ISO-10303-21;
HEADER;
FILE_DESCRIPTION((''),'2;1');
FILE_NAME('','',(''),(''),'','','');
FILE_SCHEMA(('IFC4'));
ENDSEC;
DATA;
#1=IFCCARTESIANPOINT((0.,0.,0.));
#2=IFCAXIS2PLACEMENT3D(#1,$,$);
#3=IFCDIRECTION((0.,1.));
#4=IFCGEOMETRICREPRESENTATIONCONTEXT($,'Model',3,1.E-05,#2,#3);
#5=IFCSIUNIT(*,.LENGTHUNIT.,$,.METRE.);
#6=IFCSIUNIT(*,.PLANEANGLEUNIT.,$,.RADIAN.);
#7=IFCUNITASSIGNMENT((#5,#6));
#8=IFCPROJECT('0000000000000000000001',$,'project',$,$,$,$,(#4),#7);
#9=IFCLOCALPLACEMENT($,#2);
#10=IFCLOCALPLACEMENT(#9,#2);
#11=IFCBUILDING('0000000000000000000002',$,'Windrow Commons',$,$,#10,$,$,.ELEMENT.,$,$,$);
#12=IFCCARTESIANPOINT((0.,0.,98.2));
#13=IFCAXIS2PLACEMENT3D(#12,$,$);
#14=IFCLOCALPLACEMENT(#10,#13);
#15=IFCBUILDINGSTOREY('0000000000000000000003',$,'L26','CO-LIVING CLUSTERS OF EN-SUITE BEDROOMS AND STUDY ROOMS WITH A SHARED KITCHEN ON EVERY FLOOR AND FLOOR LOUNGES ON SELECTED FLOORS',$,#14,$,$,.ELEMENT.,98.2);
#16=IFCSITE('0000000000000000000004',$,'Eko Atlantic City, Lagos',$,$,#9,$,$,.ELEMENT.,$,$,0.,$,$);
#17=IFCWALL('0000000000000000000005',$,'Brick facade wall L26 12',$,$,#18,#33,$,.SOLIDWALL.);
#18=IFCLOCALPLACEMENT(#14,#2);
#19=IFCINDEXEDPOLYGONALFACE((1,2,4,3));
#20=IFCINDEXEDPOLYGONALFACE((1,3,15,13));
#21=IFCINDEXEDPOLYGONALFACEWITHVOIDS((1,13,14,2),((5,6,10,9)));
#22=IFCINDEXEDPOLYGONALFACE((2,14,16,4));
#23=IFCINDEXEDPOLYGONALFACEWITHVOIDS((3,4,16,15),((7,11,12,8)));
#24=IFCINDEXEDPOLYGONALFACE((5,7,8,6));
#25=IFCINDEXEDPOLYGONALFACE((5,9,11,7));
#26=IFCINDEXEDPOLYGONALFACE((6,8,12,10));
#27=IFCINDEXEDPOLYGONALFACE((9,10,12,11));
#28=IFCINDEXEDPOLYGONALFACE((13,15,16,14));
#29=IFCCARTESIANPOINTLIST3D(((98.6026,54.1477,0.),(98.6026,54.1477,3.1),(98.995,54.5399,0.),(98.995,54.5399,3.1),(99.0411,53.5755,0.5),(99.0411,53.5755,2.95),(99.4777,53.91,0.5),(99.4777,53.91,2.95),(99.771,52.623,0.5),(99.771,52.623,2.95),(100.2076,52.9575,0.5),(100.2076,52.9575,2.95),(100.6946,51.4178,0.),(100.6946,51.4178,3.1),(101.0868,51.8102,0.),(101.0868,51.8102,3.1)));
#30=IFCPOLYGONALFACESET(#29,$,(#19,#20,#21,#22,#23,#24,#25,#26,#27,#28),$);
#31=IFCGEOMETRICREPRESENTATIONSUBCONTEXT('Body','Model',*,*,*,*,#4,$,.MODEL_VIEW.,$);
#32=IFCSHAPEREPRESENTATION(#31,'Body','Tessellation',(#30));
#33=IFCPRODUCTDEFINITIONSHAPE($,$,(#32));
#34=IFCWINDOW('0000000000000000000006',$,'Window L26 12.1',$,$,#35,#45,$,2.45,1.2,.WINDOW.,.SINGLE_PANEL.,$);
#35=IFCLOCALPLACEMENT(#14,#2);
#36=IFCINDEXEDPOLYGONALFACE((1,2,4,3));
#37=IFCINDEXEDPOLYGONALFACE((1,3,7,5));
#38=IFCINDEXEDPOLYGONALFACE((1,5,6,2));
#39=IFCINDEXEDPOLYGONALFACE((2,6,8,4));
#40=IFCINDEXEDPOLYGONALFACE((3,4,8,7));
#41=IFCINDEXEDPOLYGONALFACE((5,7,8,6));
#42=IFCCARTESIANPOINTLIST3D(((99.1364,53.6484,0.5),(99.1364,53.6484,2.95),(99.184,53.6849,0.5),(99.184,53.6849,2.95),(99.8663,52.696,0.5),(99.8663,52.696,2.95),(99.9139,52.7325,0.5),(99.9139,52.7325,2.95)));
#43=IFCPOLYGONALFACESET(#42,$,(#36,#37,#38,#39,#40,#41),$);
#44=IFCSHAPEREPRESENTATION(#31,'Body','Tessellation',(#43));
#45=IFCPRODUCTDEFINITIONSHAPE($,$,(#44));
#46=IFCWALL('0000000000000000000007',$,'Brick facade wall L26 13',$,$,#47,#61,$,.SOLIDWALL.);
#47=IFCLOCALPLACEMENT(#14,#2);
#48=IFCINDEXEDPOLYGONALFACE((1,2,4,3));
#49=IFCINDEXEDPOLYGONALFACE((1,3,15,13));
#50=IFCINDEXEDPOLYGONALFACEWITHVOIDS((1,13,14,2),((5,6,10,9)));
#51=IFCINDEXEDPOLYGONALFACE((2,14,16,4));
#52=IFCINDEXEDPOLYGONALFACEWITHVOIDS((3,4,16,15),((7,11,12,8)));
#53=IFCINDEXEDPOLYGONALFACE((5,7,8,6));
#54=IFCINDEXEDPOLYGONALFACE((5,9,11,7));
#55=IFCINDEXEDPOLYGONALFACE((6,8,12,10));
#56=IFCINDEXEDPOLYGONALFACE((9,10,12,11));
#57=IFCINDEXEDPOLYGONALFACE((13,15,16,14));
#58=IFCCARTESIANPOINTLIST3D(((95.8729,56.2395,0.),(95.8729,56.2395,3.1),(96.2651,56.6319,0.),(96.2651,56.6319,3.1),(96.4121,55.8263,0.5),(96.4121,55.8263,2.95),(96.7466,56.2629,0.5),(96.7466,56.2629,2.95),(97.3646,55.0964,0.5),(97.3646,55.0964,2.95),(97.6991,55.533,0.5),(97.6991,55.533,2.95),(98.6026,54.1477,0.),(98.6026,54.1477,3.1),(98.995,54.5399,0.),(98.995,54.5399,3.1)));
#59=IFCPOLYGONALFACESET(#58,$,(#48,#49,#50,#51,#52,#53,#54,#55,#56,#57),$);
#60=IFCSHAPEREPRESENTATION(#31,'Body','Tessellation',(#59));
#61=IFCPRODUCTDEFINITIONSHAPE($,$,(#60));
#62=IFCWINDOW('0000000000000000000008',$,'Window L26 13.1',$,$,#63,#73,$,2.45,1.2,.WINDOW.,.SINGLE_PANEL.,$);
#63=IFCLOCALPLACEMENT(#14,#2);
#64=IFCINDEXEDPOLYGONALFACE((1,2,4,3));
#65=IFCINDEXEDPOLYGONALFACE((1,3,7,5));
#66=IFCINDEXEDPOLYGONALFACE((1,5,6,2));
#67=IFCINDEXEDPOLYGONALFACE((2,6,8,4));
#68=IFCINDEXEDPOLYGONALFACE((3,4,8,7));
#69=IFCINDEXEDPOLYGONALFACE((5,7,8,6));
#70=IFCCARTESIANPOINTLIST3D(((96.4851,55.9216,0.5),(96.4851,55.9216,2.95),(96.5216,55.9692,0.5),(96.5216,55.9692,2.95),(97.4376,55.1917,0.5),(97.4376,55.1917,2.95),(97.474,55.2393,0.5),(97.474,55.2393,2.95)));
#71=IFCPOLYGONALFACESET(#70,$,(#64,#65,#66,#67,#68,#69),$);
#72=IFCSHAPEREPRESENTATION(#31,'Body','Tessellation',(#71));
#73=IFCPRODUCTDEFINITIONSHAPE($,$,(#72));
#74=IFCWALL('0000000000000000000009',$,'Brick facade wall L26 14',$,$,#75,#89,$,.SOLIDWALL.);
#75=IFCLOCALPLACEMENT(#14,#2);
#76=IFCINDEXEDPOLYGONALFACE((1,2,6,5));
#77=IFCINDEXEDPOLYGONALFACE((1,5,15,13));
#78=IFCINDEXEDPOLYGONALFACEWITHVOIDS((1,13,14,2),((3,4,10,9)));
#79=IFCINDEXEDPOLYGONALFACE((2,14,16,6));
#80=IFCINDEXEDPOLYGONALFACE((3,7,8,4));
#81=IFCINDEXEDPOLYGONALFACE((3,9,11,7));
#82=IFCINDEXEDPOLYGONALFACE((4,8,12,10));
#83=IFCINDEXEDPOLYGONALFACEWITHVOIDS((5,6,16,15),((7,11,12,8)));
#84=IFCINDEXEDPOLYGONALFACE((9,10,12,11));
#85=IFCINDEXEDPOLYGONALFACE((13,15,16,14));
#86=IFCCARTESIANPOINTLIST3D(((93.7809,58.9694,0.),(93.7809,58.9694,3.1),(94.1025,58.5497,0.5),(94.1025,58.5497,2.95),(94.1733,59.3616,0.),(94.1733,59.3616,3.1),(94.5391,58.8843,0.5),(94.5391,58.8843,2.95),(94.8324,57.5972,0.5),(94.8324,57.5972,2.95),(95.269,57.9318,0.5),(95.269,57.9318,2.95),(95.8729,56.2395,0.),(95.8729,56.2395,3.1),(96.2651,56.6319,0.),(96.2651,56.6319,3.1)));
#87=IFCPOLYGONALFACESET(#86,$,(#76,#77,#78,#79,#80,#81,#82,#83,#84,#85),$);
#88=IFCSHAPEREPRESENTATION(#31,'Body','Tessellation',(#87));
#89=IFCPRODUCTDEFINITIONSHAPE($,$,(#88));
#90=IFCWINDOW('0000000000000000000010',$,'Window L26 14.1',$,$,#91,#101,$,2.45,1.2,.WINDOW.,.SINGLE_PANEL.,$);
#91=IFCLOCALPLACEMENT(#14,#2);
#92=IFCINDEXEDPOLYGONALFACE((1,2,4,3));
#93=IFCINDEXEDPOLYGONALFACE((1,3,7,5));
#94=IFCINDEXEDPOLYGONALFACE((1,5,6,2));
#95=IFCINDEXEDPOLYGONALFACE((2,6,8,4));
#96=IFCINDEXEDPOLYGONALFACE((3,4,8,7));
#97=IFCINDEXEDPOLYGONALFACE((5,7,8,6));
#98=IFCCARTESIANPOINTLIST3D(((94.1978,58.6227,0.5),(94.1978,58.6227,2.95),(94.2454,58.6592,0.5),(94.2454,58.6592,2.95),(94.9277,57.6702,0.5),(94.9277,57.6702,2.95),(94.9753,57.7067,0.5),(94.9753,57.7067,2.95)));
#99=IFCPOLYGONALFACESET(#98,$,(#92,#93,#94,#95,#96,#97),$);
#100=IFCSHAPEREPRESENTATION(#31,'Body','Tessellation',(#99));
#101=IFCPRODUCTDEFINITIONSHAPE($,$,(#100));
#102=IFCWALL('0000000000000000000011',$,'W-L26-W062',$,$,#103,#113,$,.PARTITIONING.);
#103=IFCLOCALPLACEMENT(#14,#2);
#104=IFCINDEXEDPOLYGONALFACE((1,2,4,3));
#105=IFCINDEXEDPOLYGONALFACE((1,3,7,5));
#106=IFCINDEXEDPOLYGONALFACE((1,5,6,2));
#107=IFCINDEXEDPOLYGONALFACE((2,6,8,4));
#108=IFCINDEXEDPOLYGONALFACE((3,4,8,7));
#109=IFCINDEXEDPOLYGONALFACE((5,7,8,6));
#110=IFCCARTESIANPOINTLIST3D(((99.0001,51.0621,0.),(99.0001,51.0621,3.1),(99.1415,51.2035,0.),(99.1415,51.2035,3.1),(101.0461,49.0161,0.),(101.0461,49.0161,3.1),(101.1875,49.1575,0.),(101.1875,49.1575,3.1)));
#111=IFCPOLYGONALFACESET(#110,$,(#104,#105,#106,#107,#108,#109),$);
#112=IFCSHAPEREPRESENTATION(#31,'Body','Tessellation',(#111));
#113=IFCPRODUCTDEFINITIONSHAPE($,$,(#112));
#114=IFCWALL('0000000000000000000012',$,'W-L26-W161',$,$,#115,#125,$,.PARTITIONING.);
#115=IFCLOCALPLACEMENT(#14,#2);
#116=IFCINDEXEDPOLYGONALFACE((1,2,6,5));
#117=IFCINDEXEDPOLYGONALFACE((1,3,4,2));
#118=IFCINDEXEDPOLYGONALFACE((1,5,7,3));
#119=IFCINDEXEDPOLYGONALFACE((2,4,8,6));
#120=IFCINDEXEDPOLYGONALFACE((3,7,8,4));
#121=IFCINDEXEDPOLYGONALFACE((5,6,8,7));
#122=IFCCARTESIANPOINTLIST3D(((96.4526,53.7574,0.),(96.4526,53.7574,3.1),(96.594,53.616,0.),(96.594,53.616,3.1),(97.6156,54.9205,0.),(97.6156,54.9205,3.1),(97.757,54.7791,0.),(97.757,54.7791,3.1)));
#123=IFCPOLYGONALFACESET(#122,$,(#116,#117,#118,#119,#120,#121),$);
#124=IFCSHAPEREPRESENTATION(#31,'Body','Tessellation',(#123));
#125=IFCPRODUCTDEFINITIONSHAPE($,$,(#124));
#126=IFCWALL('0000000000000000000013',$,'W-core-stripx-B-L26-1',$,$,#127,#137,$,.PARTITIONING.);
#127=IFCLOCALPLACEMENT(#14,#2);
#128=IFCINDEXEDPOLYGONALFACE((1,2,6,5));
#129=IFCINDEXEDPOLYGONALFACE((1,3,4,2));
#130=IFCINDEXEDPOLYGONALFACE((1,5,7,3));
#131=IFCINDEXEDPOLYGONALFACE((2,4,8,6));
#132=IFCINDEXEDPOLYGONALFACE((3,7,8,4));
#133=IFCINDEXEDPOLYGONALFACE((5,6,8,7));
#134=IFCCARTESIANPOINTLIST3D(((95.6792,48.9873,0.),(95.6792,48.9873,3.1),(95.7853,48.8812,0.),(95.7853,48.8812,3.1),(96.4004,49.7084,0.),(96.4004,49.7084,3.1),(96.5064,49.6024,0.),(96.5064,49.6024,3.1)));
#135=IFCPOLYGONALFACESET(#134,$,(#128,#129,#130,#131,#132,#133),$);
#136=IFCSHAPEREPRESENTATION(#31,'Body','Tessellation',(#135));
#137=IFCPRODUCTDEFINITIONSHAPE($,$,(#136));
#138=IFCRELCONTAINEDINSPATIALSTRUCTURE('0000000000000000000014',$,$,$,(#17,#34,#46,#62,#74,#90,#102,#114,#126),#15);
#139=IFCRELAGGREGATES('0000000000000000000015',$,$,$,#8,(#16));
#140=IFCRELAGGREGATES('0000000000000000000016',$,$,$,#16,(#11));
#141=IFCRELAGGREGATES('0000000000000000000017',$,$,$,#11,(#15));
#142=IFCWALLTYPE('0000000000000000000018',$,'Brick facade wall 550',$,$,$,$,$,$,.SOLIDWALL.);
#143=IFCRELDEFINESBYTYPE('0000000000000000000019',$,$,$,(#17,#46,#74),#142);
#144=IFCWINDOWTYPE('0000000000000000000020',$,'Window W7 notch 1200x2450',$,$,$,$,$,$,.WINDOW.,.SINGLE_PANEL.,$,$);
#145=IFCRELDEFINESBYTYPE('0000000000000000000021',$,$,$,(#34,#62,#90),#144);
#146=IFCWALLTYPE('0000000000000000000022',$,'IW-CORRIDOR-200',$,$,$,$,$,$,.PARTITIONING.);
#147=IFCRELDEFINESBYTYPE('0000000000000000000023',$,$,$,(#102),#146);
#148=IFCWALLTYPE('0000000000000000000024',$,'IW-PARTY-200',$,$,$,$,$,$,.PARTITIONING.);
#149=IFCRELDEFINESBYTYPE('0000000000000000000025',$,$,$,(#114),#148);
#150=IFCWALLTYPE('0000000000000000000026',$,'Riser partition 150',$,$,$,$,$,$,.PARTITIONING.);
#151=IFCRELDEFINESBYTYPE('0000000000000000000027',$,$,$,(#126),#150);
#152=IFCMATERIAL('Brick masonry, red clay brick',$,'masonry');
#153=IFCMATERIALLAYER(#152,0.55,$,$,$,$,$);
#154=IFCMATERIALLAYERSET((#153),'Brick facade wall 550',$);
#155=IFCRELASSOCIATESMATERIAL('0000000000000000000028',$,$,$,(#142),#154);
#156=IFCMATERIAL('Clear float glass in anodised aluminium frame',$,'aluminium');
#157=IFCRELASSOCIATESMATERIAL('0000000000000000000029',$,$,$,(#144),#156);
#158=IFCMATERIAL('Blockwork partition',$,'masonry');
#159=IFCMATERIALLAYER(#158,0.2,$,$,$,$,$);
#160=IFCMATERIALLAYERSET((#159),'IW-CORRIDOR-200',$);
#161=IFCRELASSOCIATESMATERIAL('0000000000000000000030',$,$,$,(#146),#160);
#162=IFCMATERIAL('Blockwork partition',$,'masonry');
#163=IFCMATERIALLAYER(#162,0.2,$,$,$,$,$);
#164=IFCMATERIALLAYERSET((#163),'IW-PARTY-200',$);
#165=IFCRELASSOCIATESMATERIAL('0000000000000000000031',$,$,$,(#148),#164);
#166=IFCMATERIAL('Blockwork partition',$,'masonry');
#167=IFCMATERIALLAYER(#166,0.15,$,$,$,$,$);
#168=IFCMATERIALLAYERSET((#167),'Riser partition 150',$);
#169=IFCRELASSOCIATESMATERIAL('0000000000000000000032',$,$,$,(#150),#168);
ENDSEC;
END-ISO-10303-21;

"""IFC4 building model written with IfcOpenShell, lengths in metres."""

from ifc_helpers import new_model, si_unit, direction, frame, frame_2d, origin, place, context, subcontext, project, spatial, polyline, rectangle, outline, extrude, material, layer, layer_set, type_object, element, fill, save


model = new_model("IFC4")

# Units and contexts
model_context = context("Model", 3, precision=1e-05, world=origin(), true_north=direction((0.0, 1.0)))
body_context = subcontext(model_context, "Body", "Model", "MODEL_VIEW")
ifc_project = project(units=[si_unit("LENGTHUNIT", "METRE"), si_unit("PLANEANGLEUNIT", "RADIAN")], contexts=[model_context])

# Site, building, storey
site_placement = place(None, origin())
site = spatial("IfcSite", under=ifc_project, at=site_placement, Name="Eko Atlantic City, Lagos", CompositionType="ELEMENT", RefElevation=0.0)
building_placement = place(site_placement, origin())
building = spatial("IfcBuilding", under=site, at=building_placement, Name="Windrow Commons", CompositionType="ELEMENT")
storey_placement = place(building_placement, frame((0.0, 0.0, 98.2)))
storey = spatial("IfcBuildingStorey", under=building, at=storey_placement, Name="L26", Description="CO-LIVING CLUSTERS OF EN-SUITE BEDROOMS AND STUDY ROOMS WITH A SHARED KITCHEN ON EVERY FLOOR AND FLOOR LOUNGES ON SELECTED FLOORS", CompositionType="ELEMENT", Elevation=98.2)

# Walls, openings, windows
ifc_material_1 = material(Name="Brick masonry, red clay brick", Category="masonry")
ifc_layer_1 = layer(ifc_material_1, 0.55)
ifc_layer_set_1 = layer_set([ifc_layer_1], Name="Brick facade wall 550")
wall_type_1 = type_object("IfcWallType", Name="Brick facade wall 550", PredefinedType="SOLIDWALL", material=ifc_layer_set_1)
ifc_material_2 = material(Name="Clear float glass in anodised aluminium frame", Category="aluminium")
window_type = type_object("IfcWindowType", Name="Window W7 notch 1200x2450", PartitioningType="SINGLE_PANEL", PredefinedType="WINDOW", material=ifc_material_2)
wall_1_placement = place(storey_placement, frame((100.8907, 51.614, 0.0), z_axis=(0.0, 0.0, 1.0), x_axis=(-0.608258, 0.793739, 0.0)))
wall_1 = element("IfcWall", 1, at=wall_1_placement, inside=storey, type_object=wall_type_1, Name="Brick facade wall L26 12", PredefinedType="SOLIDWALL", context=body_context, shape_type="SweptSolid", body=[
    extrude(outline(polyline([(0.0364, -0.275), (3.4755, -0.275), (3.4028, 0.275), (-0.0364, 0.275), (0.0364, -0.275)])), origin(), (0.0, 0.0, 1.0), 3.1),
])
opening_1_placement = place(wall_1_placement, frame((1.4819, 0.0, 0.5)))
opening_1 = element("IfcOpeningElement", 2, at=opening_1_placement, cuts=wall_1, PredefinedType="OPENING", context=body_context, shape_type="SweptSolid", body=[
    extrude(rectangle(XDim=1.2, YDim=2.45, at=frame_2d((0.6, 1.225))), frame((0.0, 0.285, 0.0), z_axis=(0.0, -1.0, 0.0), x_axis=(1.0, 0.0, 0.0)), (0.0, 0.0, 1.0), 0.57),
])
window_1_placement = place(opening_1_placement, origin())
window_1 = element("IfcWindow", 3, at=window_1_placement, inside=storey, type_object=window_type, Name="Window L26 12.1", OverallHeight=2.45, OverallWidth=1.2, PartitioningType="SINGLE_PANEL", PredefinedType="WINDOW", context=body_context, shape_type="SweptSolid", body=[
    extrude(rectangle(XDim=1.2, YDim=2.45, at=frame_2d((0.6, 1.225))), frame((0.0, 0.155, 0.0), z_axis=(0.0, -1.0, 0.0), x_axis=(1.0, 0.0, 0.0)), (0.0, 0.0, 1.0), 0.06),
])
fill(opening_1, window_1)
wall_2_placement = place(storey_placement, frame((98.7988, 54.3438, 0.0), z_axis=(0.0, 0.0, 1.0), x_axis=(-0.793739, 0.608258, 0.0)))
wall_2 = element("IfcWall", 4, at=wall_2_placement, inside=storey, type_object=wall_type_1, Name="Brick facade wall L26 13", PredefinedType="SOLIDWALL", context=body_context, shape_type="SweptSolid", body=[
    extrude(outline(polyline([(-0.0364, -0.275), (3.4028, -0.275), (3.4755, 0.275), (0.0364, 0.275), (-0.0364, -0.275)])), origin(), (0.0, 0.0, 1.0), 3.1),
])
opening_2_placement = place(wall_2_placement, frame((1.5962, 0.0, 0.5)))
opening_2 = element("IfcOpeningElement", 5, at=opening_2_placement, cuts=wall_2, PredefinedType="OPENING", context=body_context, shape_type="SweptSolid", body=[
    extrude(rectangle(XDim=1.2, YDim=2.45, at=frame_2d((0.6, 1.225))), frame((0.0, 0.285, 0.0), z_axis=(0.0, -1.0, 0.0), x_axis=(1.0, 0.0, 0.0)), (0.0, 0.0, 1.0), 0.57),
])
window_2_placement = place(opening_2_placement, origin())
window_2 = element("IfcWindow", 6, at=window_2_placement, inside=storey, type_object=window_type, Name="Window L26 13.1", OverallHeight=2.45, OverallWidth=1.2, PartitioningType="SINGLE_PANEL", PredefinedType="WINDOW", context=body_context, shape_type="SweptSolid", body=[
    extrude(rectangle(XDim=1.2, YDim=2.45, at=frame_2d((0.6, 1.225))), frame((0.0, 0.155, 0.0), z_axis=(0.0, -1.0, 0.0), x_axis=(1.0, 0.0, 0.0)), (0.0, 0.0, 1.0), 0.06),
])
fill(opening_2, window_2)
wall_3_placement = place(storey_placement, frame((96.069, 56.4357, 0.0), z_axis=(0.0, 0.0, 1.0), x_axis=(-0.608258, 0.793739, 0.0)))
wall_3 = element("IfcWall", 7, at=wall_3_placement, inside=storey, type_object=wall_type_1, Name="Brick facade wall L26 14", PredefinedType="SOLIDWALL", context=body_context, shape_type="SweptSolid", body=[
    extrude(outline(polyline([(0.0364, -0.275), (3.4755, -0.275), (3.4028, 0.275), (-0.0364, 0.275), (0.0364, -0.275)])), origin(), (0.0, 0.0, 1.0), 3.1),
])
opening_3_placement = place(wall_3_placement, frame((1.6741, 0.0, 0.5)))
opening_3 = element("IfcOpeningElement", 8, at=opening_3_placement, cuts=wall_3, PredefinedType="OPENING", context=body_context, shape_type="SweptSolid", body=[
    extrude(rectangle(XDim=1.2, YDim=2.45, at=frame_2d((0.6, 1.225))), frame((0.0, 0.285, 0.0), z_axis=(0.0, -1.0, 0.0), x_axis=(1.0, 0.0, 0.0)), (0.0, 0.0, 1.0), 0.57),
])
window_3_placement = place(opening_3_placement, origin())
window_3 = element("IfcWindow", 9, at=window_3_placement, inside=storey, type_object=window_type, Name="Window L26 14.1", OverallHeight=2.45, OverallWidth=1.2, PartitioningType="SINGLE_PANEL", PredefinedType="WINDOW", context=body_context, shape_type="SweptSolid", body=[
    extrude(rectangle(XDim=1.2, YDim=2.45, at=frame_2d((0.6, 1.225))), frame((0.0, 0.155, 0.0), z_axis=(0.0, -1.0, 0.0), x_axis=(1.0, 0.0, 0.0)), (0.0, 0.0, 1.0), 0.06),
])
fill(opening_3, window_3)

# Walls
ifc_material_3 = material(Name="Blockwork partition", Category="masonry")
ifc_layer_2 = layer(ifc_material_3, 0.2)
ifc_layer_set_2 = layer_set([ifc_layer_2], Name="IW-CORRIDOR-200")
wall_type_2 = type_object("IfcWallType", Name="IW-CORRIDOR-200", PredefinedType="PARTITIONING", material=ifc_layer_set_2)
wall_4_placement = place(storey_placement, frame((99.0708, 51.1328, 0.0), z_axis=(0.0, 0.0, 1.0), x_axis=(0.707107, -0.707107, 0.0)))
element("IfcWall", 10, at=wall_4_placement, inside=storey, type_object=wall_type_2, Name="W-L26-W062", PredefinedType="PARTITIONING", context=body_context, shape_type="SweptSolid", body=[
    extrude(rectangle(XDim=2.8935, YDim=0.2, at=frame_2d((1.4467, 0.0))), origin(), (0.0, 0.0, 1.0), 3.1),
])
ifc_material_4 = material(Name="Blockwork partition", Category="masonry")
ifc_layer_3 = layer(ifc_material_4, 0.2)
ifc_layer_set_3 = layer_set([ifc_layer_3], Name="IW-PARTY-200")
wall_type_3 = type_object("IfcWallType", Name="IW-PARTY-200", PredefinedType="PARTITIONING", material=ifc_layer_set_3)
wall_5_placement = place(storey_placement, frame((96.5233, 53.6867, 0.0), z_axis=(0.0, 0.0, 1.0), x_axis=(0.707076, 0.707137, 0.0)))
element("IfcWall", 11, at=wall_5_placement, inside=storey, type_object=wall_type_3, Name="W-L26-W161", PredefinedType="PARTITIONING", context=body_context, shape_type="SweptSolid", body=[
    extrude(rectangle(XDim=1.6448, YDim=0.2, at=frame_2d((0.8224, 0.0))), origin(), (0.0, 0.0, 1.0), 3.1),
])
ifc_material_5 = material(Name="Blockwork partition", Category="masonry")
ifc_layer_4 = layer(ifc_material_5, 0.15)
ifc_layer_set_4 = layer_set([ifc_layer_4], Name="Riser partition 150")
wall_type_4 = type_object("IfcWallType", Name="Riser partition 150", PredefinedType="PARTITIONING", material=ifc_layer_set_4)
wall_6_placement = place(storey_placement, frame((95.7322, 48.9342, 0.0), z_axis=(0.0, 0.0, 1.0), x_axis=(0.707107, 0.707107, 0.0)))
element("IfcWall", 12, at=wall_6_placement, inside=storey, type_object=wall_type_4, Name="W-core-stripx-B-L26-1", PredefinedType="PARTITIONING", context=body_context, shape_type="SweptSolid", body=[
    extrude(rectangle(XDim=1.0199, YDim=0.15, at=frame_2d((0.51, 0.0))), origin(), (0.0, 0.0, 1.0), 3.1),
])

save(model, "model.ifc")
